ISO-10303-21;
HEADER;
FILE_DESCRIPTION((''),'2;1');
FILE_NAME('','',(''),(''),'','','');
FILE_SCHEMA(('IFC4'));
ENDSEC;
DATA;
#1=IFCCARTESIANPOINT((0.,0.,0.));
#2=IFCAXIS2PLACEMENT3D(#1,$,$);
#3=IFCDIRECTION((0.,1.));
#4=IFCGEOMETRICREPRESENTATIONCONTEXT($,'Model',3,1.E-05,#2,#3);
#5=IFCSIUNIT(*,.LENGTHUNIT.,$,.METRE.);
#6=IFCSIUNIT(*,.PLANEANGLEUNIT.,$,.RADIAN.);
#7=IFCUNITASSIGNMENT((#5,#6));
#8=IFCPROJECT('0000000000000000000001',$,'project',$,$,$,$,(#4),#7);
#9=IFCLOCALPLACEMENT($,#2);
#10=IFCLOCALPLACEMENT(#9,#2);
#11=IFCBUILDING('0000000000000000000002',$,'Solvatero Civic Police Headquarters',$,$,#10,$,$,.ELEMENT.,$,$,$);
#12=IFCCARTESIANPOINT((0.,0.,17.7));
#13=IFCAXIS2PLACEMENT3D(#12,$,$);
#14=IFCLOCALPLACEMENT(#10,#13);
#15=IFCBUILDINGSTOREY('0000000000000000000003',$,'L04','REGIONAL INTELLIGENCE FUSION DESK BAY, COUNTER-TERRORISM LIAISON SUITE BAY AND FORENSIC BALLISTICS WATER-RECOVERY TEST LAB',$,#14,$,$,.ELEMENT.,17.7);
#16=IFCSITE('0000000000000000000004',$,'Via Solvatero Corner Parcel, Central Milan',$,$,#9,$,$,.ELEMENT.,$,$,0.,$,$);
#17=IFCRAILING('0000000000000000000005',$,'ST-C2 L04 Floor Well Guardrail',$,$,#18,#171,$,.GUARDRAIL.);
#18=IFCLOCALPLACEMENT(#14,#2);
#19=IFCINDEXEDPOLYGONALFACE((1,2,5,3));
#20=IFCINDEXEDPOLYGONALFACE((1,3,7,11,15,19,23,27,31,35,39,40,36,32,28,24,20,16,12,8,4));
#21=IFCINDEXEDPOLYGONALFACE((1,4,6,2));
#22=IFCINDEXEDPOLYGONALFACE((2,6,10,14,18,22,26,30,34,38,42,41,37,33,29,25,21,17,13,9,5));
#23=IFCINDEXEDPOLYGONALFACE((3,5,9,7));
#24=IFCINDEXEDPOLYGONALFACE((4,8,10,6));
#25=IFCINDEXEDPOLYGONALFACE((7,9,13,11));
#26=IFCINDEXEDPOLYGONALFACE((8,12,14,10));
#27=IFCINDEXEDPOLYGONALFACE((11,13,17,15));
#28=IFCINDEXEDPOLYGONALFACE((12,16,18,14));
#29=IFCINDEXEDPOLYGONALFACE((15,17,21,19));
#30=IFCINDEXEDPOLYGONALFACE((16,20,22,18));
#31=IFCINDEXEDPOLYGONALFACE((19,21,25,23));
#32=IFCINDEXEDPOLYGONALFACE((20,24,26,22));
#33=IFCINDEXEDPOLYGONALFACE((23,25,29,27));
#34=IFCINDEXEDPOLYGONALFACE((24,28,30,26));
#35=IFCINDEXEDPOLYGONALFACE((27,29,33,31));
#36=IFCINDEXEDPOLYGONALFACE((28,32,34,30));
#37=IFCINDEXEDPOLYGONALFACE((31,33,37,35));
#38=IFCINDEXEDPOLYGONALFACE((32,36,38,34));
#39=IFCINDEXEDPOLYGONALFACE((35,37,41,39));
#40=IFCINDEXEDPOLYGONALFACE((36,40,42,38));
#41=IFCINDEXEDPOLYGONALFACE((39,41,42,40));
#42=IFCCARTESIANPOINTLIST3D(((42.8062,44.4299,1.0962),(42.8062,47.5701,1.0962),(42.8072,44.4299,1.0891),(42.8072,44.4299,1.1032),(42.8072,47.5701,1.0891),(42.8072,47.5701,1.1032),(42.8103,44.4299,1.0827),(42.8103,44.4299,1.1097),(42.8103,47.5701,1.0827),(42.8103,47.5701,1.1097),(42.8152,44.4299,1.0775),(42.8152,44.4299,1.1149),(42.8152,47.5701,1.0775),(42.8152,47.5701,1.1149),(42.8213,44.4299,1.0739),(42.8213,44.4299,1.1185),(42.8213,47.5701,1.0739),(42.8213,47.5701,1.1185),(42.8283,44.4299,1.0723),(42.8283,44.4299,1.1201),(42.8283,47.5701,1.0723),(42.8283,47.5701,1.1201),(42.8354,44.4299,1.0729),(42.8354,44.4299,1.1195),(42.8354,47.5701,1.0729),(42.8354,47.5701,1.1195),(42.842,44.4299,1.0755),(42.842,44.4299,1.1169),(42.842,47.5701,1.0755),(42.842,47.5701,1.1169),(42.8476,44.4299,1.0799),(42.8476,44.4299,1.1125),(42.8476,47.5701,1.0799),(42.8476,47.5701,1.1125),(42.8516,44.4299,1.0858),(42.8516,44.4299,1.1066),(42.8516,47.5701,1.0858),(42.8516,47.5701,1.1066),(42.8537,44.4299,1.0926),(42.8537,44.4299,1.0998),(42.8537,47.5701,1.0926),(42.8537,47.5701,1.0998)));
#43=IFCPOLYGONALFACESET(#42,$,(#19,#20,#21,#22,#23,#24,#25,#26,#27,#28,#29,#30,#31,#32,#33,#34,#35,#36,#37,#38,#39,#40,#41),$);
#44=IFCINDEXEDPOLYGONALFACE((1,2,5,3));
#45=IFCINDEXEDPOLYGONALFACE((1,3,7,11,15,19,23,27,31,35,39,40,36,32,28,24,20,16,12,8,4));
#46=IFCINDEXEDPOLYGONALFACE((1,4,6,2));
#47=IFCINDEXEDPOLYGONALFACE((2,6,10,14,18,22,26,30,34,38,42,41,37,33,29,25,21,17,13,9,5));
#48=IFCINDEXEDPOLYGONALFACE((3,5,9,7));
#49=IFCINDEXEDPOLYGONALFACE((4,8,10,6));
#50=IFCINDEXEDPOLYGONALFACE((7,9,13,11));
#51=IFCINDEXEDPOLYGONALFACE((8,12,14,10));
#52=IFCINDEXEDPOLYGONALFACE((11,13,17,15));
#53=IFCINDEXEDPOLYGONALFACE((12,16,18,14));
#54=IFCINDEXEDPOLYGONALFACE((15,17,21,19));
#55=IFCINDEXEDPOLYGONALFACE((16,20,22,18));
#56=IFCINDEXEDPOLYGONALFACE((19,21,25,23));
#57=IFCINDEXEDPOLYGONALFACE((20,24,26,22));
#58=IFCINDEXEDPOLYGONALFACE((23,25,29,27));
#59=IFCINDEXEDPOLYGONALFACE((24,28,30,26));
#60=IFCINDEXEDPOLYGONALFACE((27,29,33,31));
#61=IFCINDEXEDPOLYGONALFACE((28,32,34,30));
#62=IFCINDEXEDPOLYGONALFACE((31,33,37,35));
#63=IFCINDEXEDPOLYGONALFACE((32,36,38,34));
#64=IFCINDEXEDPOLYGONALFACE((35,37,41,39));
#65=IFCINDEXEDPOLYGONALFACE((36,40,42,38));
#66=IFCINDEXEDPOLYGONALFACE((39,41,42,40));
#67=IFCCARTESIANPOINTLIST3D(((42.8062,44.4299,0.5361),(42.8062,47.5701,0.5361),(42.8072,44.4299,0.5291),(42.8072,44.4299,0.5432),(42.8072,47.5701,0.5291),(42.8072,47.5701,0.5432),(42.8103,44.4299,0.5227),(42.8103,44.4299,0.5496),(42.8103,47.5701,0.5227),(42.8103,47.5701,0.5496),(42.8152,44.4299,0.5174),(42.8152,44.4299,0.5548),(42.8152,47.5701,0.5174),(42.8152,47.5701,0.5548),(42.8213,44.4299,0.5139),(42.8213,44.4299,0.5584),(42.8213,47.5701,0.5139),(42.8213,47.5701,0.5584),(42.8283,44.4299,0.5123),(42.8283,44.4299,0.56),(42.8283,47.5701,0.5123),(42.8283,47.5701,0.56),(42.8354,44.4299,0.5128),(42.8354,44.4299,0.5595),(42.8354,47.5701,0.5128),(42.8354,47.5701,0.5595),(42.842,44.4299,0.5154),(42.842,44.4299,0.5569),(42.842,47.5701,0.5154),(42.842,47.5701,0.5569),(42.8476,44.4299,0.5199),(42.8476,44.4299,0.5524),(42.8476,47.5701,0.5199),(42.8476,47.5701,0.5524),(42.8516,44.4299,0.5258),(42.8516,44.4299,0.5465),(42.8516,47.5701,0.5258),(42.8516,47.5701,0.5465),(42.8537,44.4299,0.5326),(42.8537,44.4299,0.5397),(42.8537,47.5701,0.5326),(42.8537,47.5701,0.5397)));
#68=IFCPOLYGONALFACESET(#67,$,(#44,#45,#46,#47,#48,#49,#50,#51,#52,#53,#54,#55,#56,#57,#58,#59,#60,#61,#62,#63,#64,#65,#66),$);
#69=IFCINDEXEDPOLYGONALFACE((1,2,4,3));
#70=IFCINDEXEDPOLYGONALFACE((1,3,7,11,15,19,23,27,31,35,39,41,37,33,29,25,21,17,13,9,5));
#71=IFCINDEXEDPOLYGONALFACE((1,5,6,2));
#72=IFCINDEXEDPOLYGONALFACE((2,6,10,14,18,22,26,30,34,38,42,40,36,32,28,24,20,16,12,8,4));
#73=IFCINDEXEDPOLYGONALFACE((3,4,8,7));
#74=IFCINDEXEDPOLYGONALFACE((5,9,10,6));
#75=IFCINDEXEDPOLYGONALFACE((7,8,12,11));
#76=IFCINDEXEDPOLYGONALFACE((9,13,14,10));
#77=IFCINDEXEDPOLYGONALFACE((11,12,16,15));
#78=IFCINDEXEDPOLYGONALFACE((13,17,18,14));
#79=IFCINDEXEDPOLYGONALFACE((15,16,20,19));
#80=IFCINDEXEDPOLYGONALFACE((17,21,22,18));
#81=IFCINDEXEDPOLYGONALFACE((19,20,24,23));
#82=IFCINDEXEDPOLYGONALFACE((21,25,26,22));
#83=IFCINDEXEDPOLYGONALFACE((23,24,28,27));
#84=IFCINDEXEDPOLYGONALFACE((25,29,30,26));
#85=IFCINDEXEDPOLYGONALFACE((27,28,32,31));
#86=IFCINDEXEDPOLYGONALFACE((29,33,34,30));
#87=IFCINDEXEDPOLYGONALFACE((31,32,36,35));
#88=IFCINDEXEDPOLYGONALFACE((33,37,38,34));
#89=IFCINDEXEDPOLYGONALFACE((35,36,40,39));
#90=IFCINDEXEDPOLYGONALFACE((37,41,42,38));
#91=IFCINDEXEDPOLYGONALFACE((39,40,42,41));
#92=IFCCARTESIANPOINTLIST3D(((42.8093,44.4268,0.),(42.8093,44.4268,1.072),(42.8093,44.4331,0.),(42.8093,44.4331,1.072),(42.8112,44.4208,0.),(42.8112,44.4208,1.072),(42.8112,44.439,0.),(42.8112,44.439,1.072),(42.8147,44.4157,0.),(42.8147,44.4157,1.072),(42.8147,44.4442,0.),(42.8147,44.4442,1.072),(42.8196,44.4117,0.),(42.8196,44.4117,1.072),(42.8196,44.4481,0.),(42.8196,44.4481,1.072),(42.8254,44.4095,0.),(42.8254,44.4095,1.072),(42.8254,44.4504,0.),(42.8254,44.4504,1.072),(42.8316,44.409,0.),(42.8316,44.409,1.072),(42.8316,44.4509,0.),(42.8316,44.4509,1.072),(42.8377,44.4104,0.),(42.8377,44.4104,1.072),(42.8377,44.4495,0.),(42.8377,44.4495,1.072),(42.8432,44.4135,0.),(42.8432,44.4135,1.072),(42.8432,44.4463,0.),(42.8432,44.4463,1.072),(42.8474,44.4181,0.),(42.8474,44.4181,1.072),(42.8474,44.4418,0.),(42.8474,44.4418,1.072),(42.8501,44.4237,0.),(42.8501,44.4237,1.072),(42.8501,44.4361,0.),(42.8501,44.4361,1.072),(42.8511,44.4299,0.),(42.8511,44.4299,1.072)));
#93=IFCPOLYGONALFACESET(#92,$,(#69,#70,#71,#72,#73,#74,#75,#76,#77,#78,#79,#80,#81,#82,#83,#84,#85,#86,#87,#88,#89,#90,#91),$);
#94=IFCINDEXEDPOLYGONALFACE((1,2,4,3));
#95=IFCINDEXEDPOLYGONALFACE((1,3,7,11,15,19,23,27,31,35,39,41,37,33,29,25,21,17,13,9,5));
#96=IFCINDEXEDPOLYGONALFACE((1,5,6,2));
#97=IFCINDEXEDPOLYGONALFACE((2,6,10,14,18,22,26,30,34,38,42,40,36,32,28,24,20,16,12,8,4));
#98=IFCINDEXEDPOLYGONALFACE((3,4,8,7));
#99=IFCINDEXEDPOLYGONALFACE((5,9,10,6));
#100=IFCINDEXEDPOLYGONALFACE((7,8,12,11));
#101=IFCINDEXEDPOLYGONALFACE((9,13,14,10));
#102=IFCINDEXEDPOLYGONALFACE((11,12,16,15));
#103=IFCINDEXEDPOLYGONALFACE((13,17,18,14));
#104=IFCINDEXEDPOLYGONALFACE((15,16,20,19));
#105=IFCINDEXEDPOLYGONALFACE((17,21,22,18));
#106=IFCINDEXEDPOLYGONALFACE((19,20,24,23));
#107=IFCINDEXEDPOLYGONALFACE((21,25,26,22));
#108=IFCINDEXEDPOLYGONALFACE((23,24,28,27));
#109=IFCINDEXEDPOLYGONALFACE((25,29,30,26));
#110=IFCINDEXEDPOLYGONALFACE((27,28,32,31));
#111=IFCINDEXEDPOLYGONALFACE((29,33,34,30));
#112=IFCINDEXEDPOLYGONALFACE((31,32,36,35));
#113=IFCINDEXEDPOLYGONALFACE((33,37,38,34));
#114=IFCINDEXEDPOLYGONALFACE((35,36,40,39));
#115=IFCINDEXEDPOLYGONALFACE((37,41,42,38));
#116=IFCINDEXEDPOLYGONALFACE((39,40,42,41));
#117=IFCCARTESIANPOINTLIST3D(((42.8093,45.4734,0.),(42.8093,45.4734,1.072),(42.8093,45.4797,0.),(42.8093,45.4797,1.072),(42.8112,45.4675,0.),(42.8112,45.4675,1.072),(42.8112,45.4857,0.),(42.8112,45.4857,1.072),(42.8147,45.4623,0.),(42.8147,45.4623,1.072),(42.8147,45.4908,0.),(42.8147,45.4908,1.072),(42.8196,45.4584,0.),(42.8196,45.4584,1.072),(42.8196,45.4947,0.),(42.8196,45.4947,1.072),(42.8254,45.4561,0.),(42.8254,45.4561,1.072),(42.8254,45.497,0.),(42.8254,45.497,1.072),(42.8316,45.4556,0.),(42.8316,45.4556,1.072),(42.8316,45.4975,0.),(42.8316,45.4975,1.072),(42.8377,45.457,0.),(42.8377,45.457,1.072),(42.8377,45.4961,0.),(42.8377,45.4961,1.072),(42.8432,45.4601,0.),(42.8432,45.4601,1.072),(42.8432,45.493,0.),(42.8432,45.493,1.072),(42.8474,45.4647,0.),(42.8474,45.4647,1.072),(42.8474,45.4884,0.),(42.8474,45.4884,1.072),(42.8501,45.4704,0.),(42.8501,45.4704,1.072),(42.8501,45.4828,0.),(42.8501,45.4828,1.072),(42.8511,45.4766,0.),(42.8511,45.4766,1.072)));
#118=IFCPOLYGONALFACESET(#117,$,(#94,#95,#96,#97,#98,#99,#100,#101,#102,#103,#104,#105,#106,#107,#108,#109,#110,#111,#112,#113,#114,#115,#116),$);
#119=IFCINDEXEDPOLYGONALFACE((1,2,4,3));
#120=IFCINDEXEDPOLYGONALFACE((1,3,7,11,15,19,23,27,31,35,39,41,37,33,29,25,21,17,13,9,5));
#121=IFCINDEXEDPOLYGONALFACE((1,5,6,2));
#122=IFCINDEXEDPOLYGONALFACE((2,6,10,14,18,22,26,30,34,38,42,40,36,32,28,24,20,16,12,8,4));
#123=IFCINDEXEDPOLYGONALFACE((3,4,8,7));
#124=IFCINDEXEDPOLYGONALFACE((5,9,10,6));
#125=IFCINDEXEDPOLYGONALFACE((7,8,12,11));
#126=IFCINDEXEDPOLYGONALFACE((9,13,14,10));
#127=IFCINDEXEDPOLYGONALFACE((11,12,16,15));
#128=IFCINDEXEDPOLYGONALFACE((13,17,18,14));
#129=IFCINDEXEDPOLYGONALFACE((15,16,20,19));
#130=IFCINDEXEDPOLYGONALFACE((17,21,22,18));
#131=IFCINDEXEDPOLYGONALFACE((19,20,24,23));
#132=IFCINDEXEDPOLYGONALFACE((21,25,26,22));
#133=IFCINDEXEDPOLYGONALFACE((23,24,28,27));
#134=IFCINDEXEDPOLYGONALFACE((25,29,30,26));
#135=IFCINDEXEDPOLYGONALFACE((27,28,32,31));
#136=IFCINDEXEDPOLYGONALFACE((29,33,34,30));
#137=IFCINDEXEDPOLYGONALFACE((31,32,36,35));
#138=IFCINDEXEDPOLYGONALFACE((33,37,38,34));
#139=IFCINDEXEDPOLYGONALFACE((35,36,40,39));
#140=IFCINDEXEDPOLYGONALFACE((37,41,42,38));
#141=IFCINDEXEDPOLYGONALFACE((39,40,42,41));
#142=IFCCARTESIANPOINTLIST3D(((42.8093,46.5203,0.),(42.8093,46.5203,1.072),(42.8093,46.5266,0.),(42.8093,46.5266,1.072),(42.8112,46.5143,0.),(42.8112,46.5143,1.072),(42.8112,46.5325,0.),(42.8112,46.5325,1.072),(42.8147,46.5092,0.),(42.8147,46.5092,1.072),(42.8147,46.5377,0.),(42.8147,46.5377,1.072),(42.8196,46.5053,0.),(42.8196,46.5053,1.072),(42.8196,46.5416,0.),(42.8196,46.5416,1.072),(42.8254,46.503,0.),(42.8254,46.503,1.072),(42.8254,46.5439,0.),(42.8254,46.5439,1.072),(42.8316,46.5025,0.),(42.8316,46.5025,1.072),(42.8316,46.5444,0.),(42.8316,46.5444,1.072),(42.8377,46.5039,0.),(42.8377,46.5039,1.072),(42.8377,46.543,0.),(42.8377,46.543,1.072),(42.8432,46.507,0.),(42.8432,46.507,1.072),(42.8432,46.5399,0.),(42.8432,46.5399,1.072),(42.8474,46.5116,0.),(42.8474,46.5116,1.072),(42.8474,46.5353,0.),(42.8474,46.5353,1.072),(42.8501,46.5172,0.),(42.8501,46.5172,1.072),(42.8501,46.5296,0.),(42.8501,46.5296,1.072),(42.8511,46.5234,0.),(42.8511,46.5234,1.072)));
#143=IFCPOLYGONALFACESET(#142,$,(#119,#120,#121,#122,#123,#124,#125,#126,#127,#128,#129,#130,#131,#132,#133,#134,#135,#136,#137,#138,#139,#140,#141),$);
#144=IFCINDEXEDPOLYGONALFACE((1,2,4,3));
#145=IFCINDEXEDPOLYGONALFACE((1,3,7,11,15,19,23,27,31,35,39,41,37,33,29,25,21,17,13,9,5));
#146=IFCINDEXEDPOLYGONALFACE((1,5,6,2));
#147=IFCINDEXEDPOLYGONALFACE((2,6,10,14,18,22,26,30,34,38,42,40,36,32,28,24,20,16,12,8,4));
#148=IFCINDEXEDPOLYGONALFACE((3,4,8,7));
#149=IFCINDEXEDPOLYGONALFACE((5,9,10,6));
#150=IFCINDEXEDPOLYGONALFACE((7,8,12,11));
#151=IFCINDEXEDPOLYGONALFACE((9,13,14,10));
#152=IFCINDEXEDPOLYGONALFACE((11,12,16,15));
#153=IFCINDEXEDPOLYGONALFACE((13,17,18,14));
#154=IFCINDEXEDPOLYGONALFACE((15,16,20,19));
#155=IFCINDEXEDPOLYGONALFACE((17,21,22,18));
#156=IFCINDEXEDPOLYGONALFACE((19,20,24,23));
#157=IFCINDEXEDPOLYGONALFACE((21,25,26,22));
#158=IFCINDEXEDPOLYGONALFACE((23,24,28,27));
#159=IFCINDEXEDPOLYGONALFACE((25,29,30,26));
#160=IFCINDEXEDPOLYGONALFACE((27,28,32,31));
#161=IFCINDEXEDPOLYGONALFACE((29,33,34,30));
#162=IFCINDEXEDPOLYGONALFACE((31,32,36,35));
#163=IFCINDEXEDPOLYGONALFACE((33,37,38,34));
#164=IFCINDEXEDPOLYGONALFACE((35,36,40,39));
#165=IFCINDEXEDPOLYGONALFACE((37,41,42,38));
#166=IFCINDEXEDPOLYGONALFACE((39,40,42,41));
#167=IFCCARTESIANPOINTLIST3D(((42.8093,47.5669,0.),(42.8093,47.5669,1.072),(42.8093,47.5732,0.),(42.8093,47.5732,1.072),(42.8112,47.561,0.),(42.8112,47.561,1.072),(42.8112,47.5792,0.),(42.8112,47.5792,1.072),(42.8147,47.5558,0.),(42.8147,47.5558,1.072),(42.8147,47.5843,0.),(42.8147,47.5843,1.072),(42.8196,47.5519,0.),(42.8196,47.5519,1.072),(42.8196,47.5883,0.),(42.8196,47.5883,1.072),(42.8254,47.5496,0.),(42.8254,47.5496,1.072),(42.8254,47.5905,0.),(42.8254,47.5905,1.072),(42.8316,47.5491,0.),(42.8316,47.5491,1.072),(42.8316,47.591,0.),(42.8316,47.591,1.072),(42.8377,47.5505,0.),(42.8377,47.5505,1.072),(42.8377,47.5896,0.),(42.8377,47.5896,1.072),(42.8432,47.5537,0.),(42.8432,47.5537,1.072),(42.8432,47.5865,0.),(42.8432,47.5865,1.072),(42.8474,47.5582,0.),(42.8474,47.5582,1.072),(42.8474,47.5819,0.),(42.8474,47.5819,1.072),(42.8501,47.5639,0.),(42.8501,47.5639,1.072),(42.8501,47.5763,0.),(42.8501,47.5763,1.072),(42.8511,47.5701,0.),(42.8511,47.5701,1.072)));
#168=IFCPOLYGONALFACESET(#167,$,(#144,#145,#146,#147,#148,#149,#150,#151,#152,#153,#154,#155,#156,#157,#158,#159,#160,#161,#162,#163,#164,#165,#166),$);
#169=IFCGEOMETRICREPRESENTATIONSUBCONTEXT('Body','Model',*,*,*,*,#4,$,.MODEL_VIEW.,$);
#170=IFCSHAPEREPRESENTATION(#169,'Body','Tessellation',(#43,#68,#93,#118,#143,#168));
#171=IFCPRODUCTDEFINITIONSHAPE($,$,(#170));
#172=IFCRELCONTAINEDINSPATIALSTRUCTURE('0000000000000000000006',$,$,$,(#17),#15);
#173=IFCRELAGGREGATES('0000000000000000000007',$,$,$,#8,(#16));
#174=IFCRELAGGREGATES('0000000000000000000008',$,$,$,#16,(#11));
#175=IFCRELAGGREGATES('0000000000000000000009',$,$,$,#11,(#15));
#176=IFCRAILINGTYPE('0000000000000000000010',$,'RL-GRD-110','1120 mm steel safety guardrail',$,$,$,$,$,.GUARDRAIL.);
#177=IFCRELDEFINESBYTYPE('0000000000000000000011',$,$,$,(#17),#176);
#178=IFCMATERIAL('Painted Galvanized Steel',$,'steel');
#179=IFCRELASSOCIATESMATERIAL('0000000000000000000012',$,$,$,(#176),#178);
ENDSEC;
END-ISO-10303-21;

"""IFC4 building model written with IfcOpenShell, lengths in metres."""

from ifc_helpers import new_model, si_unit, direction, frame, origin, origin_2d, place, context, subcontext, project, spatial, circle, extrude, material, type_object, element, save


model = new_model("IFC4")

# Units and contexts
model_context = context("Model", 3, precision=1e-05, world=origin(), true_north=direction((0.0, 1.0)))
body_context = subcontext(model_context, "Body", "Model", "MODEL_VIEW")
ifc_project = project(units=[si_unit("LENGTHUNIT", "METRE"), si_unit("PLANEANGLEUNIT", "RADIAN")], contexts=[model_context])

# Site, building, storey
site_placement = place(None, origin())
site = spatial("IfcSite", under=ifc_project, at=site_placement, Name="Via Solvatero Corner Parcel, Central Milan", CompositionType="ELEMENT", RefElevation=0.0)
building_placement = place(site_placement, origin())
building = spatial("IfcBuilding", under=site, at=building_placement, Name="Solvatero Civic Police Headquarters", CompositionType="ELEMENT")
storey_placement = place(building_placement, frame((0.0, 0.0, 17.7)))
storey = spatial("IfcBuildingStorey", under=building, at=storey_placement, Name="L04", Description="REGIONAL INTELLIGENCE FUSION DESK BAY, COUNTER-TERRORISM LIAISON SUITE BAY AND FORENSIC BALLISTICS WATER-RECOVERY TEST LAB", CompositionType="ELEMENT", Elevation=17.7)

# Railing
ifc_material_1 = material(Name="Painted Galvanized Steel", Category="steel")
railing_type_1 = type_object("IfcRailingType", Name="RL-GRD-110", Description="1120 mm steel safety guardrail", PredefinedType="GUARDRAIL", material=ifc_material_1)
railing_1_placement = place(storey_placement, frame((42.8301, 44.4299, 0.0)))
element("IfcRailing", 1, at=railing_1_placement, inside=storey, type_object=railing_type_1, Name="ST-C2 L04 Floor Well Guardrail", PredefinedType="GUARDRAIL", context=body_context, shape_type="SweptSolid", body=[
    extrude(circle(Radius=0.0239, at=origin_2d()), frame((0.0, 0.0, 1.0962), z_axis=(0.0, 1.0, 0.0), x_axis=(-1.0, 0.0, 0.0)), (0.0, 0.0, 1.0), 3.1401),
    extrude(circle(Radius=0.0239, at=origin_2d()), frame((0.0, 0.0, 0.5361), z_axis=(0.0, 1.0, 0.0), x_axis=(-1.0, 0.0, 0.0)), (0.0, 0.0, 1.0), 3.1401),
    extrude(circle(Radius=0.021, at=origin_2d()), origin(), (0.0, 0.0, 1.0), 1.072),
    extrude(circle(Radius=0.021, at=origin_2d()), frame((0.0, 1.0466, 0.0)), (0.0, 0.0, 1.0), 1.072),
    extrude(circle(Radius=0.021, at=origin_2d()), frame((0.0, 2.0935, 0.0)), (0.0, 0.0, 1.0), 1.072),
    extrude(circle(Radius=0.021, at=origin_2d()), frame((0.0, 3.1401, 0.0)), (0.0, 0.0, 1.0), 1.072),
])

save(model, "model.ifc")
